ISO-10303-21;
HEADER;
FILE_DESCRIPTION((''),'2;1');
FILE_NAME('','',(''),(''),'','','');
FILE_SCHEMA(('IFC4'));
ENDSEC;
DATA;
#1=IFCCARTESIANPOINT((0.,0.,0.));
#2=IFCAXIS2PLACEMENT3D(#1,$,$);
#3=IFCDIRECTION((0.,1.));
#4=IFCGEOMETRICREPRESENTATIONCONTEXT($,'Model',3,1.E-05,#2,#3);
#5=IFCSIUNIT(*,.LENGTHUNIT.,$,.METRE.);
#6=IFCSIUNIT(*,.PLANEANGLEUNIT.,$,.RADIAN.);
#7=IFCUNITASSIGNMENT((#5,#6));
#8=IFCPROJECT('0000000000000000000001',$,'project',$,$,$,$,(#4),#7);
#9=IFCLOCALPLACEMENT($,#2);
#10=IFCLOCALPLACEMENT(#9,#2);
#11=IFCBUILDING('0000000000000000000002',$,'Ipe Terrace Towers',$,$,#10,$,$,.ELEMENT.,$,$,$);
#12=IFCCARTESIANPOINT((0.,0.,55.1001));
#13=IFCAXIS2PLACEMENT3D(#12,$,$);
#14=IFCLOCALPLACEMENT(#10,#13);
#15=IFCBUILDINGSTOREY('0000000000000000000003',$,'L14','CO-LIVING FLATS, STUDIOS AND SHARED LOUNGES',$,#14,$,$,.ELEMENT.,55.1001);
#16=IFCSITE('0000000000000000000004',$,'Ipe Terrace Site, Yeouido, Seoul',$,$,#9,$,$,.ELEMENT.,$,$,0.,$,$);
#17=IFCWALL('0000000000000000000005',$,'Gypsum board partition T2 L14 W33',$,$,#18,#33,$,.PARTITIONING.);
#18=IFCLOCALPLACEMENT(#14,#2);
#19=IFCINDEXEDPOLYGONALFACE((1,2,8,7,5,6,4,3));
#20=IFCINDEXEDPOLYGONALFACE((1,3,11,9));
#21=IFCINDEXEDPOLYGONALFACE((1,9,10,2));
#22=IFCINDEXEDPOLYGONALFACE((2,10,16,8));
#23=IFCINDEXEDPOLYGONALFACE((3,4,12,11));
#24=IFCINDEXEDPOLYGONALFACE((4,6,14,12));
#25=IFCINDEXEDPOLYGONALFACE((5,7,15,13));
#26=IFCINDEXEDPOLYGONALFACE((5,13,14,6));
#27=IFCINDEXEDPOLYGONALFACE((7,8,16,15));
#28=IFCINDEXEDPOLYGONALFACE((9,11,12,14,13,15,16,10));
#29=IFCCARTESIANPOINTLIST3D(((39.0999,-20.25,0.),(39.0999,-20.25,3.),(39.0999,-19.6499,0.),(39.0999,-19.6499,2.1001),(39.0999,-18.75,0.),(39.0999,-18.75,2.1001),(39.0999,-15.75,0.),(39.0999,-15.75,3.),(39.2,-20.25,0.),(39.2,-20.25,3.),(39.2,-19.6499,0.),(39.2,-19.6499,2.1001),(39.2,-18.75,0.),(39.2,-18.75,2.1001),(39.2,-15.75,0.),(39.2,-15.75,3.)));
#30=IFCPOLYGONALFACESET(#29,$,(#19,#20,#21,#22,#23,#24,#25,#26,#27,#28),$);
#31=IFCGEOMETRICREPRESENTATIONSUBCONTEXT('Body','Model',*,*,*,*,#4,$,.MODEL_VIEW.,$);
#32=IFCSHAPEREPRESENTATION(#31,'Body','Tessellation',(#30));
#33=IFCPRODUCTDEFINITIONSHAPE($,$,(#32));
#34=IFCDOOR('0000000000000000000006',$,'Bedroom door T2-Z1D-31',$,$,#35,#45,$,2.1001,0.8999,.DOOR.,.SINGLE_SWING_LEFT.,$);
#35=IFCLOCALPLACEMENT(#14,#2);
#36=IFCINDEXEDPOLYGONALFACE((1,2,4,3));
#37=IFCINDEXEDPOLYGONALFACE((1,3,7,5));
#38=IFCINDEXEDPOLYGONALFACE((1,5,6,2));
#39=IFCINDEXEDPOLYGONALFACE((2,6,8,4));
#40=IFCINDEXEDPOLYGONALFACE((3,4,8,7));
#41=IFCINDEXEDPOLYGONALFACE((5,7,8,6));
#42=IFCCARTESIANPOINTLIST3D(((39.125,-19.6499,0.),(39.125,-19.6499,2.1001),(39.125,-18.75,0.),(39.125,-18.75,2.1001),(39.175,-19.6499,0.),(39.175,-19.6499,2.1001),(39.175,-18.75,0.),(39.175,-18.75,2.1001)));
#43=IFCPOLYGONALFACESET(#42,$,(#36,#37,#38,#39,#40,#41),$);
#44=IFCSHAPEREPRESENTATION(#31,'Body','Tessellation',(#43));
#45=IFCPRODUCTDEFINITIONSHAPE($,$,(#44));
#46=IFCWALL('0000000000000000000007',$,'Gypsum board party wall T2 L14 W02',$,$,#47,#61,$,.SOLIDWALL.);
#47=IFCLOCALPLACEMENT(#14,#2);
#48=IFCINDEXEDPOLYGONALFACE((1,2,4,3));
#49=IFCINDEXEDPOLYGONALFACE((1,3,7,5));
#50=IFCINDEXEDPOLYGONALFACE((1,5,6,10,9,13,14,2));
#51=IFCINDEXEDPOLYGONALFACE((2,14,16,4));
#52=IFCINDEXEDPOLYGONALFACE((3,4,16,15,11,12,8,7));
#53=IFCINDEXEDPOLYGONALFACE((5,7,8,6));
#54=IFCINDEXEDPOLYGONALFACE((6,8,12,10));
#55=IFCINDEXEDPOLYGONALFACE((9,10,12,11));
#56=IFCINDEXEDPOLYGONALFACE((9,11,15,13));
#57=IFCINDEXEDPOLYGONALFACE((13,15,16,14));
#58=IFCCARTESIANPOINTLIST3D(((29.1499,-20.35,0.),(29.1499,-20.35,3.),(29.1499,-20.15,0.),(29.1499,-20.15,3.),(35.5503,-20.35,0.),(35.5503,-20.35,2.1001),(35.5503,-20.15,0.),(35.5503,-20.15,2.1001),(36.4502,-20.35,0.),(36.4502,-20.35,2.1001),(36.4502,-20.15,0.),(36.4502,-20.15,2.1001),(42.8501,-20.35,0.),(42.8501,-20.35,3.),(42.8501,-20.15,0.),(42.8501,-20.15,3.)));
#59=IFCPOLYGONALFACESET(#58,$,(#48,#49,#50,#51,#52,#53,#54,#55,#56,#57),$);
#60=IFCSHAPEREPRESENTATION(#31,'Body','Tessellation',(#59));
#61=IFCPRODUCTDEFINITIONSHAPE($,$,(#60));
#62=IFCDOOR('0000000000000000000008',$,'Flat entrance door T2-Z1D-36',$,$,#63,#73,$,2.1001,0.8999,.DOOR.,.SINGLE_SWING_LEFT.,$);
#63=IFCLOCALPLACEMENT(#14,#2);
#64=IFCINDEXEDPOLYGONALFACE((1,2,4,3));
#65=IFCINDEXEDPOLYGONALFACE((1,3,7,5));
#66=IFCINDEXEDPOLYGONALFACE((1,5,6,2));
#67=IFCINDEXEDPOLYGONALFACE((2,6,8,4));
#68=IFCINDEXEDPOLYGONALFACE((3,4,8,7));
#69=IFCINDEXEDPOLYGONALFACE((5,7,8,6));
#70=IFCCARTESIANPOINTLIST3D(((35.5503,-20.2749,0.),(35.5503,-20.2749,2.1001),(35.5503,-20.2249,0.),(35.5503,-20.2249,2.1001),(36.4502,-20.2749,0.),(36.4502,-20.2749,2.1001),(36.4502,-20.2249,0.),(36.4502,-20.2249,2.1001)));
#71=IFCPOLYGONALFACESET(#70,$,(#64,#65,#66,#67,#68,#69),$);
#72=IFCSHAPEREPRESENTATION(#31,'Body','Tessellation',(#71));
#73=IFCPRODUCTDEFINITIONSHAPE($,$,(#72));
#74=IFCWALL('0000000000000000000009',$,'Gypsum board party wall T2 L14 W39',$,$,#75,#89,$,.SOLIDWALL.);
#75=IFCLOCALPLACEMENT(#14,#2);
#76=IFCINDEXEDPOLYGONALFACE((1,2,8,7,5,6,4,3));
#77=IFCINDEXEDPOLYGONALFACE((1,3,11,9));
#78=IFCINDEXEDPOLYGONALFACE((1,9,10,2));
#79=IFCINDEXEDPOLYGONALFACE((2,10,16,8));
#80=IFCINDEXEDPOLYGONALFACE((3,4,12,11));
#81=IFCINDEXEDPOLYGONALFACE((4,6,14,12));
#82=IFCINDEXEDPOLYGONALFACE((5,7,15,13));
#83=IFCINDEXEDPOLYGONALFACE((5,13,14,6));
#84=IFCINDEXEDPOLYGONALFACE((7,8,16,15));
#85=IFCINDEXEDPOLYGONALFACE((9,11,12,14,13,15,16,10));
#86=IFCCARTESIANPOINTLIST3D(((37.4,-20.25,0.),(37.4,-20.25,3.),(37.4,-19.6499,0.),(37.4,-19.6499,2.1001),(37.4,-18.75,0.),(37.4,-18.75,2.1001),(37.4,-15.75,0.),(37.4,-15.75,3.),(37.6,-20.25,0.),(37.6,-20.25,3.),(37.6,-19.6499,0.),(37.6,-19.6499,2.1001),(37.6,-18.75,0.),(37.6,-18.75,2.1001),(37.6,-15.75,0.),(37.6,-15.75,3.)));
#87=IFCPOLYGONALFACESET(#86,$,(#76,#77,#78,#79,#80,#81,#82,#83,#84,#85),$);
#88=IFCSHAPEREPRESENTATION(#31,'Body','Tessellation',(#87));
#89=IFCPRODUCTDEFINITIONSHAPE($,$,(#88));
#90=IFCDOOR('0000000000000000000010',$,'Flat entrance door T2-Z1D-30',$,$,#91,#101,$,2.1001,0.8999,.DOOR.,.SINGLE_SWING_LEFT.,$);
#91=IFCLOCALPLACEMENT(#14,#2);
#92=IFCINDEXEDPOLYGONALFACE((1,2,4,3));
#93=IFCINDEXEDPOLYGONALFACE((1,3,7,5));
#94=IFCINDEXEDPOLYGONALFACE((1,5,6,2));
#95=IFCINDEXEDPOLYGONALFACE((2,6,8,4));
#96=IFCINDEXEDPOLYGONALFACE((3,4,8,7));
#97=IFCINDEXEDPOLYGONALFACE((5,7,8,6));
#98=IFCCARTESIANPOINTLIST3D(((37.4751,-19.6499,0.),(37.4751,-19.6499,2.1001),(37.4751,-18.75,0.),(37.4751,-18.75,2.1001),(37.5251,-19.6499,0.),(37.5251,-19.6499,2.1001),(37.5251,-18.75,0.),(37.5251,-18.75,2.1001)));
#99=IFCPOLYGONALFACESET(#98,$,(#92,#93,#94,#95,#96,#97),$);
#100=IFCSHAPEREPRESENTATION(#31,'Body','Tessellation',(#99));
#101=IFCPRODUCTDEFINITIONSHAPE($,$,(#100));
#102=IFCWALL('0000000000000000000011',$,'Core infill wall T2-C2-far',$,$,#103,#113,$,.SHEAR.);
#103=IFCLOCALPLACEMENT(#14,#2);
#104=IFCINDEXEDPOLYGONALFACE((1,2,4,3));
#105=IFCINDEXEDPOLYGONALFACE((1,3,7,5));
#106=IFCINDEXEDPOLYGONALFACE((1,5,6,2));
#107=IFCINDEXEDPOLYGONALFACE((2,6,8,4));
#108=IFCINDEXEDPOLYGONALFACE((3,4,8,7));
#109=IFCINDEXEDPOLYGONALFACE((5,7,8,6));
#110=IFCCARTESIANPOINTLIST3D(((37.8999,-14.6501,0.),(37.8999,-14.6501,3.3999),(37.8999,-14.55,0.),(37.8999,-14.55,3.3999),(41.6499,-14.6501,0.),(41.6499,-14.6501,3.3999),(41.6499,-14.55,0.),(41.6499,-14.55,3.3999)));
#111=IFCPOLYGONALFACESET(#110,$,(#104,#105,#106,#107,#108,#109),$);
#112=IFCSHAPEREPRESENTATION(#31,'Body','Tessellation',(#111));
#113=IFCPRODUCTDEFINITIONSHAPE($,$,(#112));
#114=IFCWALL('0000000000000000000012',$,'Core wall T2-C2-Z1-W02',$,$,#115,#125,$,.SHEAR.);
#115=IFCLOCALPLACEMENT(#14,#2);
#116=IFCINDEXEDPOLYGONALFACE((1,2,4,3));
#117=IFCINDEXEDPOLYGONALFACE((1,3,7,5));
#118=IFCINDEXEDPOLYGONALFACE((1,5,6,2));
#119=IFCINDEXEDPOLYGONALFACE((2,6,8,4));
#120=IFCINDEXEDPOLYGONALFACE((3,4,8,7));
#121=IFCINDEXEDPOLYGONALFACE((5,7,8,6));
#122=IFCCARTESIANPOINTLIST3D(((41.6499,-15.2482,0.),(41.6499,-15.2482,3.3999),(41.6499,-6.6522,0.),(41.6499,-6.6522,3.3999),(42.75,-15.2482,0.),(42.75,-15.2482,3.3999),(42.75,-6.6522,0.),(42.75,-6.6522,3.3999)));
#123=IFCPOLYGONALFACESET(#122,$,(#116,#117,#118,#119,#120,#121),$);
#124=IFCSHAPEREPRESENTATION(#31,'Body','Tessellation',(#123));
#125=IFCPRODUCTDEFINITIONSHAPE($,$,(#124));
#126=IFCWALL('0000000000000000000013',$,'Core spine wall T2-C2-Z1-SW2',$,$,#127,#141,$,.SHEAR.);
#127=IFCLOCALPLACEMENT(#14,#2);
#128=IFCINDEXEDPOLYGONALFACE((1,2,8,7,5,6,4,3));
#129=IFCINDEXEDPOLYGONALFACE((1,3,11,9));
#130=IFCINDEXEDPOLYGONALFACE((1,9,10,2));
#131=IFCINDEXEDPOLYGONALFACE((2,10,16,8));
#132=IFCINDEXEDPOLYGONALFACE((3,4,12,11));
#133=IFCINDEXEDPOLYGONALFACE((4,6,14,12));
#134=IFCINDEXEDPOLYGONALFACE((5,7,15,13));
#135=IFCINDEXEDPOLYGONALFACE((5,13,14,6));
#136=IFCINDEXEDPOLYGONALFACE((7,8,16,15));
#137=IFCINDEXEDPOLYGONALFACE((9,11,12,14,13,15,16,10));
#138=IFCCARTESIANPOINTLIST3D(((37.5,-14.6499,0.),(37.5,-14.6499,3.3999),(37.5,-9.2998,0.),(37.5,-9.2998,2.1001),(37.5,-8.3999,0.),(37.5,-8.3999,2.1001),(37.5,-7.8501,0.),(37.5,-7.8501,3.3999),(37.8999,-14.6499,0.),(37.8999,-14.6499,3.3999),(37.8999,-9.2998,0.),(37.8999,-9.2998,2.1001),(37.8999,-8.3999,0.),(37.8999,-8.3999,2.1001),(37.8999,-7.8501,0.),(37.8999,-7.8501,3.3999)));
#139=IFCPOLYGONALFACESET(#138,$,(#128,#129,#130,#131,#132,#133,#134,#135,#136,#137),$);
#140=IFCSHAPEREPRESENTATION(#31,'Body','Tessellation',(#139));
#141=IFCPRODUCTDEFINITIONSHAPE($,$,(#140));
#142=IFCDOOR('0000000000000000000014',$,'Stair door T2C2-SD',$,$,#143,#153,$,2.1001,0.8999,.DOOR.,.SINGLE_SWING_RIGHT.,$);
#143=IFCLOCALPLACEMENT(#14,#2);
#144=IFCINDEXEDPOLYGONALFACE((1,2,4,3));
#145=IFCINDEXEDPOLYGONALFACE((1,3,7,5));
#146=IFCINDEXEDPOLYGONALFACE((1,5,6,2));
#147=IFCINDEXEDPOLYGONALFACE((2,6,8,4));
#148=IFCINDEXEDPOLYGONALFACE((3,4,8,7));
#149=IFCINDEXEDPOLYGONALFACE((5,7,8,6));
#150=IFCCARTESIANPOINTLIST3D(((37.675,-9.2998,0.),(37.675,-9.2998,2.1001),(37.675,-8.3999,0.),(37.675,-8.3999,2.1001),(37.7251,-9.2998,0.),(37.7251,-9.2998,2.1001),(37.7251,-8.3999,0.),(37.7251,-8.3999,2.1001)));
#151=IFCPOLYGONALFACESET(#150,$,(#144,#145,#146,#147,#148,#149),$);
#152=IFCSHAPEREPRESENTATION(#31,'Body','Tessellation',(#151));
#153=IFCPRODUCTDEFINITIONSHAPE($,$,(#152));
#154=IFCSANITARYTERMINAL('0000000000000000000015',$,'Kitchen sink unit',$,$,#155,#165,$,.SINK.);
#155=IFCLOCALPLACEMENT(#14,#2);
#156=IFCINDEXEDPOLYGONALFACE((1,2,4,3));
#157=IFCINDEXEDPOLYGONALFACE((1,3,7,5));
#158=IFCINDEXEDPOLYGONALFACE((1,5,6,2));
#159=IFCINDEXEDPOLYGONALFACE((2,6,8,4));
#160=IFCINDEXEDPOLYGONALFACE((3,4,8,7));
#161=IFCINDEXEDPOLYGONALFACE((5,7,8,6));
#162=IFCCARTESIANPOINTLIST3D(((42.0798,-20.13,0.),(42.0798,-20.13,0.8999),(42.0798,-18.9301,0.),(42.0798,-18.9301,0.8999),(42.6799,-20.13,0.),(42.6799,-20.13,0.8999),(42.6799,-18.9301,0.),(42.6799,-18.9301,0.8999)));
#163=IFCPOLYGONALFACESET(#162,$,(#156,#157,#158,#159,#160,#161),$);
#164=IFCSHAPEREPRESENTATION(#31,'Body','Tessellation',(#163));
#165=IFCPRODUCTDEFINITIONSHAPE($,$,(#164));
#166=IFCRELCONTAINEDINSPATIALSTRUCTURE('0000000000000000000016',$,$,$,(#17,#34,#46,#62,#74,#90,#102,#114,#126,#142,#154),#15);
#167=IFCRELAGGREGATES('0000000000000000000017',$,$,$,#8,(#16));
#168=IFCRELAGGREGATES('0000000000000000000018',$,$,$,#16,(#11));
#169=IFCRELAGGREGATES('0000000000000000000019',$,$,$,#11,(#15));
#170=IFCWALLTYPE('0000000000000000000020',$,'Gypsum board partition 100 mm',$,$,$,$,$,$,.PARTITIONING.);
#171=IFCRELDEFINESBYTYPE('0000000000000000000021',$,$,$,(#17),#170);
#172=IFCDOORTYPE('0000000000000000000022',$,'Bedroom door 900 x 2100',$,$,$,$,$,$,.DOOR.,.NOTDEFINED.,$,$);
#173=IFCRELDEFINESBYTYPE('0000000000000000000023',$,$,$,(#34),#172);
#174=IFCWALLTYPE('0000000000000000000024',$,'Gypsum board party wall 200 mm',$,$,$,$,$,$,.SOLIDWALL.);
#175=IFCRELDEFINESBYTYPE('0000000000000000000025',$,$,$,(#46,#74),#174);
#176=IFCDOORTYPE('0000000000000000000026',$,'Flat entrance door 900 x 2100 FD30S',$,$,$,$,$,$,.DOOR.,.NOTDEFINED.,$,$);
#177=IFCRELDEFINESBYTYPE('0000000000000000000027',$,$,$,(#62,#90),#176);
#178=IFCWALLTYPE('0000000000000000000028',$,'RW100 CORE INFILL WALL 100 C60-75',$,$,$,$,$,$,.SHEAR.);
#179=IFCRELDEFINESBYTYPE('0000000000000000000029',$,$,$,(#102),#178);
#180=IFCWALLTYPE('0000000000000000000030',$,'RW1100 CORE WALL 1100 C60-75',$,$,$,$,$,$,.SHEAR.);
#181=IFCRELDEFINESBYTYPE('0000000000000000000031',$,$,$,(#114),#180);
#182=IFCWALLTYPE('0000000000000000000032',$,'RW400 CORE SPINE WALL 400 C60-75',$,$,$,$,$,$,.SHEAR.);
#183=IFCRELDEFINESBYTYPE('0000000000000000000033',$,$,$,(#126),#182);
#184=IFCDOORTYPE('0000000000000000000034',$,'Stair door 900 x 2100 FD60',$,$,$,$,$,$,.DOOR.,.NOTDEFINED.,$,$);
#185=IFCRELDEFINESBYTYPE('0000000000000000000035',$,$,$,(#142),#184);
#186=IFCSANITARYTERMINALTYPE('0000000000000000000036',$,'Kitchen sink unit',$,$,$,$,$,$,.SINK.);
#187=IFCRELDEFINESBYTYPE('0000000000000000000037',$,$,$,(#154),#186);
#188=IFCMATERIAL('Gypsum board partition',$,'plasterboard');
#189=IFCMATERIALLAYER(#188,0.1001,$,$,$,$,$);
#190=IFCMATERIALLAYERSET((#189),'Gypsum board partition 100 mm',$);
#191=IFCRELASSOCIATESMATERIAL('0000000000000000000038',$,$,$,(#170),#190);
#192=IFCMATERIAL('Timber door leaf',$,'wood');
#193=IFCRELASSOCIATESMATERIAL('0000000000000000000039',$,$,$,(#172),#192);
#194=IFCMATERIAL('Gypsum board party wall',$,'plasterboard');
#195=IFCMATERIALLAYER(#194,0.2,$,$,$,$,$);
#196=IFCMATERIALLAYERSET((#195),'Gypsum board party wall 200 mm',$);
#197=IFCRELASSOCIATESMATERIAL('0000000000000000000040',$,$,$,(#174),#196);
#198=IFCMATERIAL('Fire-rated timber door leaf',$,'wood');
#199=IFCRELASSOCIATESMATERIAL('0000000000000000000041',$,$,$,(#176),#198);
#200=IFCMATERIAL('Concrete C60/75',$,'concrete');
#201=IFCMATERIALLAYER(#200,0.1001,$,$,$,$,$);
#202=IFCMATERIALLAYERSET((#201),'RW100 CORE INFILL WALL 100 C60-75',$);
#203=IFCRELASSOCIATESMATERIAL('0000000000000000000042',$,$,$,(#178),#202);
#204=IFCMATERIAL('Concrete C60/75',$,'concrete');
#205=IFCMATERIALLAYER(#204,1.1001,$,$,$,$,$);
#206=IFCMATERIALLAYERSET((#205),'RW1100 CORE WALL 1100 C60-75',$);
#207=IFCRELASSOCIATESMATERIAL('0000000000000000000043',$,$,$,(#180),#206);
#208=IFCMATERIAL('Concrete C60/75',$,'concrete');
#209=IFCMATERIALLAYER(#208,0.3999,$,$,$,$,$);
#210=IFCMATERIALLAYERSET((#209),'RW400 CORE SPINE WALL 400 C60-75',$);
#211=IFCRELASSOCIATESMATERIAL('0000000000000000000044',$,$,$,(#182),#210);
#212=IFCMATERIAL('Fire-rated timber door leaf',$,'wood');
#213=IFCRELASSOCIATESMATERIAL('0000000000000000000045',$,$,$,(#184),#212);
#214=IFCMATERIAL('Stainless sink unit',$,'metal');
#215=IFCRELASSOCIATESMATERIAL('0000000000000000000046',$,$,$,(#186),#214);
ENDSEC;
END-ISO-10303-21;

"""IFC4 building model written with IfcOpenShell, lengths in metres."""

from ifc_helpers import new_model, si_unit, direction, frame, frame_2d, origin, origin_2d, place, context, subcontext, project, spatial, rectangle, extrude, material, layer, layer_set, type_object, element, fill, save


model = new_model("IFC4")

# Units and contexts
model_context = context("Model", 3, precision=1e-05, world=origin(), true_north=direction((0.0, 1.0)))
body_context = subcontext(model_context, "Body", "Model", "MODEL_VIEW")
ifc_project = project(units=[si_unit("LENGTHUNIT", "METRE"), si_unit("PLANEANGLEUNIT", "RADIAN")], contexts=[model_context])

# Site, building, storey
site_placement = place(None, origin())
site = spatial("IfcSite", under=ifc_project, at=site_placement, Name="Ipe Terrace Site, Yeouido, Seoul", CompositionType="ELEMENT", RefElevation=0.0)
building_placement = place(site_placement, origin())
building = spatial("IfcBuilding", under=site, at=building_placement, Name="Ipe Terrace Towers", CompositionType="ELEMENT")
storey_placement = place(building_placement, frame((0.0, 0.0, 55.1001)))
storey = spatial("IfcBuildingStorey", under=building, at=storey_placement, Name="L14", Description="CO-LIVING FLATS, STUDIOS AND SHARED LOUNGES", CompositionType="ELEMENT", Elevation=55.1001)

# Walls, openings, doors
ifc_material_1 = material(Name="Gypsum board partition", Category="plasterboard")
ifc_layer_1 = layer(ifc_material_1, 0.1001)
ifc_layer_set_1 = layer_set([ifc_layer_1], Name="Gypsum board partition 100 mm")
wall_type_1 = type_object("IfcWallType", Name="Gypsum board partition 100 mm", PredefinedType="PARTITIONING", material=ifc_layer_set_1)
wall_1_placement = place(storey_placement, frame((39.1499, -20.25, 0.0), z_axis=(0.0, 0.0, 1.0), x_axis=(0.0, 1.0, 0.0)))
wall_1 = element("IfcWall", 1, at=wall_1_placement, inside=storey, type_object=wall_type_1, Name="Gypsum board partition T2 L14 W33", PredefinedType="PARTITIONING", context=body_context, shape_type="SweptSolid", body=[
    extrude(rectangle(XDim=4.5, YDim=0.1001, at=frame_2d((2.25, 0.0))), origin(), (0.0, 0.0, 1.0), 3.0),
])
opening_1_placement = place(wall_1_placement, frame((0.6001, 0.0, 0.0)))
opening_1 = element("IfcOpeningElement", 2, at=opening_1_placement, cuts=wall_1, PredefinedType="OPENING", context=body_context, shape_type="SweptSolid", body=[
    extrude(rectangle(XDim=0.8999, YDim=2.1001, at=frame_2d((0.45, 1.05))), frame((0.0, 0.0601, 0.0), z_axis=(0.0, -1.0, 0.0), x_axis=(1.0, 0.0, 0.0)), (0.0, 0.0, 1.0), 0.1201),
])
ifc_material_2 = material(Name="Timber door leaf", Category="wood")
door_type_1 = type_object("IfcDoorType", Name="Bedroom door 900 x 2100", OperationType="NOTDEFINED", PredefinedType="DOOR", material=ifc_material_2)
door_1_placement = place(opening_1_placement, origin())
door_1 = element("IfcDoor", 3, at=door_1_placement, inside=storey, type_object=door_type_1, Name="Bedroom door T2-Z1D-31", OperationType="SINGLE_SWING_LEFT", OverallHeight=2.1001, OverallWidth=0.8999, PredefinedType="DOOR", context=body_context, shape_type="SweptSolid", body=[
    extrude(rectangle(XDim=0.8999, YDim=2.1001, at=frame_2d((0.45, 1.05))), frame((0.0, 0.0249, 0.0), z_axis=(0.0, -1.0, 0.0), x_axis=(1.0, 0.0, 0.0)), (0.0, 0.0, 1.0), 0.05),
])
fill(opening_1, door_1)
ifc_material_3 = material(Name="Gypsum board party wall", Category="plasterboard")
ifc_layer_2 = layer(ifc_material_3, 0.2)
ifc_layer_set_2 = layer_set([ifc_layer_2], Name="Gypsum board party wall 200 mm")
wall_type_2 = type_object("IfcWallType", Name="Gypsum board party wall 200 mm", PredefinedType="SOLIDWALL", material=ifc_layer_set_2)
wall_2_placement = place(storey_placement, frame((42.8501, -20.25, 0.0), z_axis=(0.0, 0.0, 1.0), x_axis=(-1.0, 0.0, 0.0)))
wall_2 = element("IfcWall", 4, at=wall_2_placement, inside=storey, type_object=wall_type_2, Name="Gypsum board party wall T2 L14 W02", PredefinedType="SOLIDWALL", context=body_context, shape_type="SweptSolid", body=[
    extrude(rectangle(XDim=13.7002, YDim=0.2, at=frame_2d((6.8501, 0.0))), origin(), (0.0, 0.0, 1.0), 3.0),
])
opening_2_placement = place(wall_2_placement, frame((6.3999, 0.0, 0.0)))
opening_2 = element("IfcOpeningElement", 5, at=opening_2_placement, cuts=wall_2, PredefinedType="OPENING", context=body_context, shape_type="SweptSolid", body=[
    extrude(rectangle(XDim=0.8999, YDim=2.1001, at=frame_2d((0.45, 1.05))), frame((0.0, 0.1099, 0.0), z_axis=(0.0, -1.0, 0.0), x_axis=(1.0, 0.0, 0.0)), (0.0, 0.0, 1.0), 0.22),
])
ifc_material_4 = material(Name="Fire-rated timber door leaf", Category="wood")
door_type_2 = type_object("IfcDoorType", Name="Flat entrance door 900 x 2100 FD30S", OperationType="NOTDEFINED", PredefinedType="DOOR", material=ifc_material_4)
door_2_placement = place(opening_2_placement, origin())
door_2 = element("IfcDoor", 6, at=door_2_placement, inside=storey, type_object=door_type_2, Name="Flat entrance door T2-Z1D-36", OperationType="SINGLE_SWING_LEFT", OverallHeight=2.1001, OverallWidth=0.8999, PredefinedType="DOOR", context=body_context, shape_type="SweptSolid", body=[
    extrude(rectangle(XDim=0.8999, YDim=2.1001, at=frame_2d((0.45, 1.05))), frame((0.0, 0.0249, 0.0), z_axis=(0.0, -1.0, 0.0), x_axis=(1.0, 0.0, 0.0)), (0.0, 0.0, 1.0), 0.05),
])
fill(opening_2, door_2)
wall_3_placement = place(storey_placement, frame((37.5, -20.25, 0.0), z_axis=(0.0, 0.0, 1.0), x_axis=(0.0, 1.0, 0.0)))
wall_3 = element("IfcWall", 7, at=wall_3_placement, inside=storey, type_object=wall_type_2, Name="Gypsum board party wall T2 L14 W39", PredefinedType="SOLIDWALL", context=body_context, shape_type="SweptSolid", body=[
    extrude(rectangle(XDim=4.5, YDim=0.2, at=frame_2d((2.25, 0.0))), origin(), (0.0, 0.0, 1.0), 3.0),
])
opening_3_placement = place(wall_3_placement, frame((0.6001, 0.0, 0.0)))
opening_3 = element("IfcOpeningElement", 8, at=opening_3_placement, cuts=wall_3, PredefinedType="OPENING", context=body_context, shape_type="SweptSolid", body=[
    extrude(rectangle(XDim=0.8999, YDim=2.1001, at=frame_2d((0.45, 1.05))), frame((0.0, 0.1099, 0.0), z_axis=(0.0, -1.0, 0.0), x_axis=(1.0, 0.0, 0.0)), (0.0, 0.0, 1.0), 0.22),
])
door_3_placement = place(opening_3_placement, origin())
door_3 = element("IfcDoor", 9, at=door_3_placement, inside=storey, type_object=door_type_2, Name="Flat entrance door T2-Z1D-30", OperationType="SINGLE_SWING_LEFT", OverallHeight=2.1001, OverallWidth=0.8999, PredefinedType="DOOR", context=body_context, shape_type="SweptSolid", body=[
    extrude(rectangle(XDim=0.8999, YDim=2.1001, at=frame_2d((0.45, 1.05))), frame((0.0, 0.0249, 0.0), z_axis=(0.0, -1.0, 0.0), x_axis=(1.0, 0.0, 0.0)), (0.0, 0.0, 1.0), 0.05),
])
fill(opening_3, door_3)

# Walls
ifc_material_5 = material(Name="Concrete C60/75", Category="concrete")
ifc_layer_3 = layer(ifc_material_5, 0.1001)
ifc_layer_set_3 = layer_set([ifc_layer_3], Name="RW100 CORE INFILL WALL 100 C60-75")
wall_type_3 = type_object("IfcWallType", Name="RW100 CORE INFILL WALL 100 C60-75", PredefinedType="SHEAR", material=ifc_layer_set_3)
wall_4_placement = place(storey_placement, frame((37.8999, -14.6001, 0.0), z_axis=(0.0, 0.0, 1.0), x_axis=(1.0, 0.0, 0.0)))
element("IfcWall", 10, at=wall_4_placement, inside=storey, type_object=wall_type_3, Name="Core infill wall T2-C2-far", PredefinedType="SHEAR", context=body_context, shape_type="SweptSolid", body=[
    extrude(rectangle(XDim=3.75, YDim=0.1001, at=frame_2d((1.875, 0.0))), origin(), (0.0, 0.0, 1.0), 3.3999),
])
ifc_material_6 = material(Name="Concrete C60/75", Category="concrete")
ifc_layer_4 = layer(ifc_material_6, 1.1001)
ifc_layer_set_4 = layer_set([ifc_layer_4], Name="RW1100 CORE WALL 1100 C60-75")
wall_type_4 = type_object("IfcWallType", Name="RW1100 CORE WALL 1100 C60-75", PredefinedType="SHEAR", material=ifc_layer_set_4)
wall_5_placement = place(storey_placement, frame((42.2, -15.248, 0.0), z_axis=(0.0, 0.0, 1.0), x_axis=(0.0, 1.0, 0.0)))
element("IfcWall", 11, at=wall_5_placement, inside=storey, type_object=wall_type_4, Name="Core wall T2-C2-Z1-W02", PredefinedType="SHEAR", context=body_context, shape_type="SweptSolid", body=[
    extrude(rectangle(XDim=8.5959, YDim=1.1001, at=frame_2d((4.2979, 0.0))), origin(), (0.0, 0.0, 1.0), 3.3999),
])

# Wall, opening, door
ifc_material_7 = material(Name="Concrete C60/75", Category="concrete")
ifc_layer_5 = layer(ifc_material_7, 0.3999)
ifc_layer_set_5 = layer_set([ifc_layer_5], Name="RW400 CORE SPINE WALL 400 C60-75")
wall_type_5 = type_object("IfcWallType", Name="RW400 CORE SPINE WALL 400 C60-75", PredefinedType="SHEAR", material=ifc_layer_set_5)
wall_6_placement = place(storey_placement, frame((37.7, -14.6499, 0.0), z_axis=(0.0, 0.0, 1.0), x_axis=(0.0, 1.0, 0.0)))
wall_6 = element("IfcWall", 12, at=wall_6_placement, inside=storey, type_object=wall_type_5, Name="Core spine wall T2-C2-Z1-SW2", PredefinedType="SHEAR", context=body_context, shape_type="SweptSolid", body=[
    extrude(rectangle(XDim=6.7998, YDim=0.3999, at=frame_2d((3.3999, 0.0))), origin(), (0.0, 0.0, 1.0), 3.3999),
])
opening_4_placement = place(wall_6_placement, frame((5.3501, 0.0, 0.0)))
opening_4 = element("IfcOpeningElement", 13, at=opening_4_placement, cuts=wall_6, PredefinedType="OPENING", context=body_context, shape_type="SweptSolid", body=[
    extrude(rectangle(XDim=0.8999, YDim=2.1001, at=frame_2d((0.45, 1.05))), frame((0.0, 0.21, 0.0), z_axis=(0.0, -1.0, 0.0), x_axis=(1.0, 0.0, 0.0)), (0.0, 0.0, 1.0), 0.4199),
])
ifc_material_8 = material(Name="Fire-rated timber door leaf", Category="wood")
door_type_3 = type_object("IfcDoorType", Name="Stair door 900 x 2100 FD60", OperationType="NOTDEFINED", PredefinedType="DOOR", material=ifc_material_8)
door_4_placement = place(opening_4_placement, origin())
door_4 = element("IfcDoor", 14, at=door_4_placement, inside=storey, type_object=door_type_3, Name="Stair door T2C2-SD", OperationType="SINGLE_SWING_RIGHT", OverallHeight=2.1001, OverallWidth=0.8999, PredefinedType="DOOR", context=body_context, shape_type="SweptSolid", body=[
    extrude(rectangle(XDim=0.8999, YDim=2.1001, at=frame_2d((0.45, 1.05))), frame((0.0, 0.0249, 0.0), z_axis=(0.0, -1.0, 0.0), x_axis=(1.0, 0.0, 0.0)), (0.0, 0.0, 1.0), 0.05),
])
fill(opening_4, door_4)

# Sanitary terminal
ifc_material_9 = material(Name="Stainless sink unit", Category="metal")
sanitary_terminal_type_1 = type_object("IfcSanitaryTerminalType", Name="Kitchen sink unit", PredefinedType="SINK", material=ifc_material_9)
sanitary_terminal_1_placement = place(storey_placement, frame((42.3799, -19.53, 0.0), z_axis=(0.0, 0.0, 1.0), x_axis=(0.0, -1.0, 0.0)))
element("IfcSanitaryTerminal", 15, at=sanitary_terminal_1_placement, inside=storey, type_object=sanitary_terminal_type_1, Name="Kitchen sink unit", PredefinedType="SINK", context=body_context, shape_type="SweptSolid", body=[
    extrude(rectangle(XDim=1.2, YDim=0.6001, at=origin_2d()), origin(), (0.0, 0.0, 1.0), 0.8999),
])

save(model, "model.ifc")
